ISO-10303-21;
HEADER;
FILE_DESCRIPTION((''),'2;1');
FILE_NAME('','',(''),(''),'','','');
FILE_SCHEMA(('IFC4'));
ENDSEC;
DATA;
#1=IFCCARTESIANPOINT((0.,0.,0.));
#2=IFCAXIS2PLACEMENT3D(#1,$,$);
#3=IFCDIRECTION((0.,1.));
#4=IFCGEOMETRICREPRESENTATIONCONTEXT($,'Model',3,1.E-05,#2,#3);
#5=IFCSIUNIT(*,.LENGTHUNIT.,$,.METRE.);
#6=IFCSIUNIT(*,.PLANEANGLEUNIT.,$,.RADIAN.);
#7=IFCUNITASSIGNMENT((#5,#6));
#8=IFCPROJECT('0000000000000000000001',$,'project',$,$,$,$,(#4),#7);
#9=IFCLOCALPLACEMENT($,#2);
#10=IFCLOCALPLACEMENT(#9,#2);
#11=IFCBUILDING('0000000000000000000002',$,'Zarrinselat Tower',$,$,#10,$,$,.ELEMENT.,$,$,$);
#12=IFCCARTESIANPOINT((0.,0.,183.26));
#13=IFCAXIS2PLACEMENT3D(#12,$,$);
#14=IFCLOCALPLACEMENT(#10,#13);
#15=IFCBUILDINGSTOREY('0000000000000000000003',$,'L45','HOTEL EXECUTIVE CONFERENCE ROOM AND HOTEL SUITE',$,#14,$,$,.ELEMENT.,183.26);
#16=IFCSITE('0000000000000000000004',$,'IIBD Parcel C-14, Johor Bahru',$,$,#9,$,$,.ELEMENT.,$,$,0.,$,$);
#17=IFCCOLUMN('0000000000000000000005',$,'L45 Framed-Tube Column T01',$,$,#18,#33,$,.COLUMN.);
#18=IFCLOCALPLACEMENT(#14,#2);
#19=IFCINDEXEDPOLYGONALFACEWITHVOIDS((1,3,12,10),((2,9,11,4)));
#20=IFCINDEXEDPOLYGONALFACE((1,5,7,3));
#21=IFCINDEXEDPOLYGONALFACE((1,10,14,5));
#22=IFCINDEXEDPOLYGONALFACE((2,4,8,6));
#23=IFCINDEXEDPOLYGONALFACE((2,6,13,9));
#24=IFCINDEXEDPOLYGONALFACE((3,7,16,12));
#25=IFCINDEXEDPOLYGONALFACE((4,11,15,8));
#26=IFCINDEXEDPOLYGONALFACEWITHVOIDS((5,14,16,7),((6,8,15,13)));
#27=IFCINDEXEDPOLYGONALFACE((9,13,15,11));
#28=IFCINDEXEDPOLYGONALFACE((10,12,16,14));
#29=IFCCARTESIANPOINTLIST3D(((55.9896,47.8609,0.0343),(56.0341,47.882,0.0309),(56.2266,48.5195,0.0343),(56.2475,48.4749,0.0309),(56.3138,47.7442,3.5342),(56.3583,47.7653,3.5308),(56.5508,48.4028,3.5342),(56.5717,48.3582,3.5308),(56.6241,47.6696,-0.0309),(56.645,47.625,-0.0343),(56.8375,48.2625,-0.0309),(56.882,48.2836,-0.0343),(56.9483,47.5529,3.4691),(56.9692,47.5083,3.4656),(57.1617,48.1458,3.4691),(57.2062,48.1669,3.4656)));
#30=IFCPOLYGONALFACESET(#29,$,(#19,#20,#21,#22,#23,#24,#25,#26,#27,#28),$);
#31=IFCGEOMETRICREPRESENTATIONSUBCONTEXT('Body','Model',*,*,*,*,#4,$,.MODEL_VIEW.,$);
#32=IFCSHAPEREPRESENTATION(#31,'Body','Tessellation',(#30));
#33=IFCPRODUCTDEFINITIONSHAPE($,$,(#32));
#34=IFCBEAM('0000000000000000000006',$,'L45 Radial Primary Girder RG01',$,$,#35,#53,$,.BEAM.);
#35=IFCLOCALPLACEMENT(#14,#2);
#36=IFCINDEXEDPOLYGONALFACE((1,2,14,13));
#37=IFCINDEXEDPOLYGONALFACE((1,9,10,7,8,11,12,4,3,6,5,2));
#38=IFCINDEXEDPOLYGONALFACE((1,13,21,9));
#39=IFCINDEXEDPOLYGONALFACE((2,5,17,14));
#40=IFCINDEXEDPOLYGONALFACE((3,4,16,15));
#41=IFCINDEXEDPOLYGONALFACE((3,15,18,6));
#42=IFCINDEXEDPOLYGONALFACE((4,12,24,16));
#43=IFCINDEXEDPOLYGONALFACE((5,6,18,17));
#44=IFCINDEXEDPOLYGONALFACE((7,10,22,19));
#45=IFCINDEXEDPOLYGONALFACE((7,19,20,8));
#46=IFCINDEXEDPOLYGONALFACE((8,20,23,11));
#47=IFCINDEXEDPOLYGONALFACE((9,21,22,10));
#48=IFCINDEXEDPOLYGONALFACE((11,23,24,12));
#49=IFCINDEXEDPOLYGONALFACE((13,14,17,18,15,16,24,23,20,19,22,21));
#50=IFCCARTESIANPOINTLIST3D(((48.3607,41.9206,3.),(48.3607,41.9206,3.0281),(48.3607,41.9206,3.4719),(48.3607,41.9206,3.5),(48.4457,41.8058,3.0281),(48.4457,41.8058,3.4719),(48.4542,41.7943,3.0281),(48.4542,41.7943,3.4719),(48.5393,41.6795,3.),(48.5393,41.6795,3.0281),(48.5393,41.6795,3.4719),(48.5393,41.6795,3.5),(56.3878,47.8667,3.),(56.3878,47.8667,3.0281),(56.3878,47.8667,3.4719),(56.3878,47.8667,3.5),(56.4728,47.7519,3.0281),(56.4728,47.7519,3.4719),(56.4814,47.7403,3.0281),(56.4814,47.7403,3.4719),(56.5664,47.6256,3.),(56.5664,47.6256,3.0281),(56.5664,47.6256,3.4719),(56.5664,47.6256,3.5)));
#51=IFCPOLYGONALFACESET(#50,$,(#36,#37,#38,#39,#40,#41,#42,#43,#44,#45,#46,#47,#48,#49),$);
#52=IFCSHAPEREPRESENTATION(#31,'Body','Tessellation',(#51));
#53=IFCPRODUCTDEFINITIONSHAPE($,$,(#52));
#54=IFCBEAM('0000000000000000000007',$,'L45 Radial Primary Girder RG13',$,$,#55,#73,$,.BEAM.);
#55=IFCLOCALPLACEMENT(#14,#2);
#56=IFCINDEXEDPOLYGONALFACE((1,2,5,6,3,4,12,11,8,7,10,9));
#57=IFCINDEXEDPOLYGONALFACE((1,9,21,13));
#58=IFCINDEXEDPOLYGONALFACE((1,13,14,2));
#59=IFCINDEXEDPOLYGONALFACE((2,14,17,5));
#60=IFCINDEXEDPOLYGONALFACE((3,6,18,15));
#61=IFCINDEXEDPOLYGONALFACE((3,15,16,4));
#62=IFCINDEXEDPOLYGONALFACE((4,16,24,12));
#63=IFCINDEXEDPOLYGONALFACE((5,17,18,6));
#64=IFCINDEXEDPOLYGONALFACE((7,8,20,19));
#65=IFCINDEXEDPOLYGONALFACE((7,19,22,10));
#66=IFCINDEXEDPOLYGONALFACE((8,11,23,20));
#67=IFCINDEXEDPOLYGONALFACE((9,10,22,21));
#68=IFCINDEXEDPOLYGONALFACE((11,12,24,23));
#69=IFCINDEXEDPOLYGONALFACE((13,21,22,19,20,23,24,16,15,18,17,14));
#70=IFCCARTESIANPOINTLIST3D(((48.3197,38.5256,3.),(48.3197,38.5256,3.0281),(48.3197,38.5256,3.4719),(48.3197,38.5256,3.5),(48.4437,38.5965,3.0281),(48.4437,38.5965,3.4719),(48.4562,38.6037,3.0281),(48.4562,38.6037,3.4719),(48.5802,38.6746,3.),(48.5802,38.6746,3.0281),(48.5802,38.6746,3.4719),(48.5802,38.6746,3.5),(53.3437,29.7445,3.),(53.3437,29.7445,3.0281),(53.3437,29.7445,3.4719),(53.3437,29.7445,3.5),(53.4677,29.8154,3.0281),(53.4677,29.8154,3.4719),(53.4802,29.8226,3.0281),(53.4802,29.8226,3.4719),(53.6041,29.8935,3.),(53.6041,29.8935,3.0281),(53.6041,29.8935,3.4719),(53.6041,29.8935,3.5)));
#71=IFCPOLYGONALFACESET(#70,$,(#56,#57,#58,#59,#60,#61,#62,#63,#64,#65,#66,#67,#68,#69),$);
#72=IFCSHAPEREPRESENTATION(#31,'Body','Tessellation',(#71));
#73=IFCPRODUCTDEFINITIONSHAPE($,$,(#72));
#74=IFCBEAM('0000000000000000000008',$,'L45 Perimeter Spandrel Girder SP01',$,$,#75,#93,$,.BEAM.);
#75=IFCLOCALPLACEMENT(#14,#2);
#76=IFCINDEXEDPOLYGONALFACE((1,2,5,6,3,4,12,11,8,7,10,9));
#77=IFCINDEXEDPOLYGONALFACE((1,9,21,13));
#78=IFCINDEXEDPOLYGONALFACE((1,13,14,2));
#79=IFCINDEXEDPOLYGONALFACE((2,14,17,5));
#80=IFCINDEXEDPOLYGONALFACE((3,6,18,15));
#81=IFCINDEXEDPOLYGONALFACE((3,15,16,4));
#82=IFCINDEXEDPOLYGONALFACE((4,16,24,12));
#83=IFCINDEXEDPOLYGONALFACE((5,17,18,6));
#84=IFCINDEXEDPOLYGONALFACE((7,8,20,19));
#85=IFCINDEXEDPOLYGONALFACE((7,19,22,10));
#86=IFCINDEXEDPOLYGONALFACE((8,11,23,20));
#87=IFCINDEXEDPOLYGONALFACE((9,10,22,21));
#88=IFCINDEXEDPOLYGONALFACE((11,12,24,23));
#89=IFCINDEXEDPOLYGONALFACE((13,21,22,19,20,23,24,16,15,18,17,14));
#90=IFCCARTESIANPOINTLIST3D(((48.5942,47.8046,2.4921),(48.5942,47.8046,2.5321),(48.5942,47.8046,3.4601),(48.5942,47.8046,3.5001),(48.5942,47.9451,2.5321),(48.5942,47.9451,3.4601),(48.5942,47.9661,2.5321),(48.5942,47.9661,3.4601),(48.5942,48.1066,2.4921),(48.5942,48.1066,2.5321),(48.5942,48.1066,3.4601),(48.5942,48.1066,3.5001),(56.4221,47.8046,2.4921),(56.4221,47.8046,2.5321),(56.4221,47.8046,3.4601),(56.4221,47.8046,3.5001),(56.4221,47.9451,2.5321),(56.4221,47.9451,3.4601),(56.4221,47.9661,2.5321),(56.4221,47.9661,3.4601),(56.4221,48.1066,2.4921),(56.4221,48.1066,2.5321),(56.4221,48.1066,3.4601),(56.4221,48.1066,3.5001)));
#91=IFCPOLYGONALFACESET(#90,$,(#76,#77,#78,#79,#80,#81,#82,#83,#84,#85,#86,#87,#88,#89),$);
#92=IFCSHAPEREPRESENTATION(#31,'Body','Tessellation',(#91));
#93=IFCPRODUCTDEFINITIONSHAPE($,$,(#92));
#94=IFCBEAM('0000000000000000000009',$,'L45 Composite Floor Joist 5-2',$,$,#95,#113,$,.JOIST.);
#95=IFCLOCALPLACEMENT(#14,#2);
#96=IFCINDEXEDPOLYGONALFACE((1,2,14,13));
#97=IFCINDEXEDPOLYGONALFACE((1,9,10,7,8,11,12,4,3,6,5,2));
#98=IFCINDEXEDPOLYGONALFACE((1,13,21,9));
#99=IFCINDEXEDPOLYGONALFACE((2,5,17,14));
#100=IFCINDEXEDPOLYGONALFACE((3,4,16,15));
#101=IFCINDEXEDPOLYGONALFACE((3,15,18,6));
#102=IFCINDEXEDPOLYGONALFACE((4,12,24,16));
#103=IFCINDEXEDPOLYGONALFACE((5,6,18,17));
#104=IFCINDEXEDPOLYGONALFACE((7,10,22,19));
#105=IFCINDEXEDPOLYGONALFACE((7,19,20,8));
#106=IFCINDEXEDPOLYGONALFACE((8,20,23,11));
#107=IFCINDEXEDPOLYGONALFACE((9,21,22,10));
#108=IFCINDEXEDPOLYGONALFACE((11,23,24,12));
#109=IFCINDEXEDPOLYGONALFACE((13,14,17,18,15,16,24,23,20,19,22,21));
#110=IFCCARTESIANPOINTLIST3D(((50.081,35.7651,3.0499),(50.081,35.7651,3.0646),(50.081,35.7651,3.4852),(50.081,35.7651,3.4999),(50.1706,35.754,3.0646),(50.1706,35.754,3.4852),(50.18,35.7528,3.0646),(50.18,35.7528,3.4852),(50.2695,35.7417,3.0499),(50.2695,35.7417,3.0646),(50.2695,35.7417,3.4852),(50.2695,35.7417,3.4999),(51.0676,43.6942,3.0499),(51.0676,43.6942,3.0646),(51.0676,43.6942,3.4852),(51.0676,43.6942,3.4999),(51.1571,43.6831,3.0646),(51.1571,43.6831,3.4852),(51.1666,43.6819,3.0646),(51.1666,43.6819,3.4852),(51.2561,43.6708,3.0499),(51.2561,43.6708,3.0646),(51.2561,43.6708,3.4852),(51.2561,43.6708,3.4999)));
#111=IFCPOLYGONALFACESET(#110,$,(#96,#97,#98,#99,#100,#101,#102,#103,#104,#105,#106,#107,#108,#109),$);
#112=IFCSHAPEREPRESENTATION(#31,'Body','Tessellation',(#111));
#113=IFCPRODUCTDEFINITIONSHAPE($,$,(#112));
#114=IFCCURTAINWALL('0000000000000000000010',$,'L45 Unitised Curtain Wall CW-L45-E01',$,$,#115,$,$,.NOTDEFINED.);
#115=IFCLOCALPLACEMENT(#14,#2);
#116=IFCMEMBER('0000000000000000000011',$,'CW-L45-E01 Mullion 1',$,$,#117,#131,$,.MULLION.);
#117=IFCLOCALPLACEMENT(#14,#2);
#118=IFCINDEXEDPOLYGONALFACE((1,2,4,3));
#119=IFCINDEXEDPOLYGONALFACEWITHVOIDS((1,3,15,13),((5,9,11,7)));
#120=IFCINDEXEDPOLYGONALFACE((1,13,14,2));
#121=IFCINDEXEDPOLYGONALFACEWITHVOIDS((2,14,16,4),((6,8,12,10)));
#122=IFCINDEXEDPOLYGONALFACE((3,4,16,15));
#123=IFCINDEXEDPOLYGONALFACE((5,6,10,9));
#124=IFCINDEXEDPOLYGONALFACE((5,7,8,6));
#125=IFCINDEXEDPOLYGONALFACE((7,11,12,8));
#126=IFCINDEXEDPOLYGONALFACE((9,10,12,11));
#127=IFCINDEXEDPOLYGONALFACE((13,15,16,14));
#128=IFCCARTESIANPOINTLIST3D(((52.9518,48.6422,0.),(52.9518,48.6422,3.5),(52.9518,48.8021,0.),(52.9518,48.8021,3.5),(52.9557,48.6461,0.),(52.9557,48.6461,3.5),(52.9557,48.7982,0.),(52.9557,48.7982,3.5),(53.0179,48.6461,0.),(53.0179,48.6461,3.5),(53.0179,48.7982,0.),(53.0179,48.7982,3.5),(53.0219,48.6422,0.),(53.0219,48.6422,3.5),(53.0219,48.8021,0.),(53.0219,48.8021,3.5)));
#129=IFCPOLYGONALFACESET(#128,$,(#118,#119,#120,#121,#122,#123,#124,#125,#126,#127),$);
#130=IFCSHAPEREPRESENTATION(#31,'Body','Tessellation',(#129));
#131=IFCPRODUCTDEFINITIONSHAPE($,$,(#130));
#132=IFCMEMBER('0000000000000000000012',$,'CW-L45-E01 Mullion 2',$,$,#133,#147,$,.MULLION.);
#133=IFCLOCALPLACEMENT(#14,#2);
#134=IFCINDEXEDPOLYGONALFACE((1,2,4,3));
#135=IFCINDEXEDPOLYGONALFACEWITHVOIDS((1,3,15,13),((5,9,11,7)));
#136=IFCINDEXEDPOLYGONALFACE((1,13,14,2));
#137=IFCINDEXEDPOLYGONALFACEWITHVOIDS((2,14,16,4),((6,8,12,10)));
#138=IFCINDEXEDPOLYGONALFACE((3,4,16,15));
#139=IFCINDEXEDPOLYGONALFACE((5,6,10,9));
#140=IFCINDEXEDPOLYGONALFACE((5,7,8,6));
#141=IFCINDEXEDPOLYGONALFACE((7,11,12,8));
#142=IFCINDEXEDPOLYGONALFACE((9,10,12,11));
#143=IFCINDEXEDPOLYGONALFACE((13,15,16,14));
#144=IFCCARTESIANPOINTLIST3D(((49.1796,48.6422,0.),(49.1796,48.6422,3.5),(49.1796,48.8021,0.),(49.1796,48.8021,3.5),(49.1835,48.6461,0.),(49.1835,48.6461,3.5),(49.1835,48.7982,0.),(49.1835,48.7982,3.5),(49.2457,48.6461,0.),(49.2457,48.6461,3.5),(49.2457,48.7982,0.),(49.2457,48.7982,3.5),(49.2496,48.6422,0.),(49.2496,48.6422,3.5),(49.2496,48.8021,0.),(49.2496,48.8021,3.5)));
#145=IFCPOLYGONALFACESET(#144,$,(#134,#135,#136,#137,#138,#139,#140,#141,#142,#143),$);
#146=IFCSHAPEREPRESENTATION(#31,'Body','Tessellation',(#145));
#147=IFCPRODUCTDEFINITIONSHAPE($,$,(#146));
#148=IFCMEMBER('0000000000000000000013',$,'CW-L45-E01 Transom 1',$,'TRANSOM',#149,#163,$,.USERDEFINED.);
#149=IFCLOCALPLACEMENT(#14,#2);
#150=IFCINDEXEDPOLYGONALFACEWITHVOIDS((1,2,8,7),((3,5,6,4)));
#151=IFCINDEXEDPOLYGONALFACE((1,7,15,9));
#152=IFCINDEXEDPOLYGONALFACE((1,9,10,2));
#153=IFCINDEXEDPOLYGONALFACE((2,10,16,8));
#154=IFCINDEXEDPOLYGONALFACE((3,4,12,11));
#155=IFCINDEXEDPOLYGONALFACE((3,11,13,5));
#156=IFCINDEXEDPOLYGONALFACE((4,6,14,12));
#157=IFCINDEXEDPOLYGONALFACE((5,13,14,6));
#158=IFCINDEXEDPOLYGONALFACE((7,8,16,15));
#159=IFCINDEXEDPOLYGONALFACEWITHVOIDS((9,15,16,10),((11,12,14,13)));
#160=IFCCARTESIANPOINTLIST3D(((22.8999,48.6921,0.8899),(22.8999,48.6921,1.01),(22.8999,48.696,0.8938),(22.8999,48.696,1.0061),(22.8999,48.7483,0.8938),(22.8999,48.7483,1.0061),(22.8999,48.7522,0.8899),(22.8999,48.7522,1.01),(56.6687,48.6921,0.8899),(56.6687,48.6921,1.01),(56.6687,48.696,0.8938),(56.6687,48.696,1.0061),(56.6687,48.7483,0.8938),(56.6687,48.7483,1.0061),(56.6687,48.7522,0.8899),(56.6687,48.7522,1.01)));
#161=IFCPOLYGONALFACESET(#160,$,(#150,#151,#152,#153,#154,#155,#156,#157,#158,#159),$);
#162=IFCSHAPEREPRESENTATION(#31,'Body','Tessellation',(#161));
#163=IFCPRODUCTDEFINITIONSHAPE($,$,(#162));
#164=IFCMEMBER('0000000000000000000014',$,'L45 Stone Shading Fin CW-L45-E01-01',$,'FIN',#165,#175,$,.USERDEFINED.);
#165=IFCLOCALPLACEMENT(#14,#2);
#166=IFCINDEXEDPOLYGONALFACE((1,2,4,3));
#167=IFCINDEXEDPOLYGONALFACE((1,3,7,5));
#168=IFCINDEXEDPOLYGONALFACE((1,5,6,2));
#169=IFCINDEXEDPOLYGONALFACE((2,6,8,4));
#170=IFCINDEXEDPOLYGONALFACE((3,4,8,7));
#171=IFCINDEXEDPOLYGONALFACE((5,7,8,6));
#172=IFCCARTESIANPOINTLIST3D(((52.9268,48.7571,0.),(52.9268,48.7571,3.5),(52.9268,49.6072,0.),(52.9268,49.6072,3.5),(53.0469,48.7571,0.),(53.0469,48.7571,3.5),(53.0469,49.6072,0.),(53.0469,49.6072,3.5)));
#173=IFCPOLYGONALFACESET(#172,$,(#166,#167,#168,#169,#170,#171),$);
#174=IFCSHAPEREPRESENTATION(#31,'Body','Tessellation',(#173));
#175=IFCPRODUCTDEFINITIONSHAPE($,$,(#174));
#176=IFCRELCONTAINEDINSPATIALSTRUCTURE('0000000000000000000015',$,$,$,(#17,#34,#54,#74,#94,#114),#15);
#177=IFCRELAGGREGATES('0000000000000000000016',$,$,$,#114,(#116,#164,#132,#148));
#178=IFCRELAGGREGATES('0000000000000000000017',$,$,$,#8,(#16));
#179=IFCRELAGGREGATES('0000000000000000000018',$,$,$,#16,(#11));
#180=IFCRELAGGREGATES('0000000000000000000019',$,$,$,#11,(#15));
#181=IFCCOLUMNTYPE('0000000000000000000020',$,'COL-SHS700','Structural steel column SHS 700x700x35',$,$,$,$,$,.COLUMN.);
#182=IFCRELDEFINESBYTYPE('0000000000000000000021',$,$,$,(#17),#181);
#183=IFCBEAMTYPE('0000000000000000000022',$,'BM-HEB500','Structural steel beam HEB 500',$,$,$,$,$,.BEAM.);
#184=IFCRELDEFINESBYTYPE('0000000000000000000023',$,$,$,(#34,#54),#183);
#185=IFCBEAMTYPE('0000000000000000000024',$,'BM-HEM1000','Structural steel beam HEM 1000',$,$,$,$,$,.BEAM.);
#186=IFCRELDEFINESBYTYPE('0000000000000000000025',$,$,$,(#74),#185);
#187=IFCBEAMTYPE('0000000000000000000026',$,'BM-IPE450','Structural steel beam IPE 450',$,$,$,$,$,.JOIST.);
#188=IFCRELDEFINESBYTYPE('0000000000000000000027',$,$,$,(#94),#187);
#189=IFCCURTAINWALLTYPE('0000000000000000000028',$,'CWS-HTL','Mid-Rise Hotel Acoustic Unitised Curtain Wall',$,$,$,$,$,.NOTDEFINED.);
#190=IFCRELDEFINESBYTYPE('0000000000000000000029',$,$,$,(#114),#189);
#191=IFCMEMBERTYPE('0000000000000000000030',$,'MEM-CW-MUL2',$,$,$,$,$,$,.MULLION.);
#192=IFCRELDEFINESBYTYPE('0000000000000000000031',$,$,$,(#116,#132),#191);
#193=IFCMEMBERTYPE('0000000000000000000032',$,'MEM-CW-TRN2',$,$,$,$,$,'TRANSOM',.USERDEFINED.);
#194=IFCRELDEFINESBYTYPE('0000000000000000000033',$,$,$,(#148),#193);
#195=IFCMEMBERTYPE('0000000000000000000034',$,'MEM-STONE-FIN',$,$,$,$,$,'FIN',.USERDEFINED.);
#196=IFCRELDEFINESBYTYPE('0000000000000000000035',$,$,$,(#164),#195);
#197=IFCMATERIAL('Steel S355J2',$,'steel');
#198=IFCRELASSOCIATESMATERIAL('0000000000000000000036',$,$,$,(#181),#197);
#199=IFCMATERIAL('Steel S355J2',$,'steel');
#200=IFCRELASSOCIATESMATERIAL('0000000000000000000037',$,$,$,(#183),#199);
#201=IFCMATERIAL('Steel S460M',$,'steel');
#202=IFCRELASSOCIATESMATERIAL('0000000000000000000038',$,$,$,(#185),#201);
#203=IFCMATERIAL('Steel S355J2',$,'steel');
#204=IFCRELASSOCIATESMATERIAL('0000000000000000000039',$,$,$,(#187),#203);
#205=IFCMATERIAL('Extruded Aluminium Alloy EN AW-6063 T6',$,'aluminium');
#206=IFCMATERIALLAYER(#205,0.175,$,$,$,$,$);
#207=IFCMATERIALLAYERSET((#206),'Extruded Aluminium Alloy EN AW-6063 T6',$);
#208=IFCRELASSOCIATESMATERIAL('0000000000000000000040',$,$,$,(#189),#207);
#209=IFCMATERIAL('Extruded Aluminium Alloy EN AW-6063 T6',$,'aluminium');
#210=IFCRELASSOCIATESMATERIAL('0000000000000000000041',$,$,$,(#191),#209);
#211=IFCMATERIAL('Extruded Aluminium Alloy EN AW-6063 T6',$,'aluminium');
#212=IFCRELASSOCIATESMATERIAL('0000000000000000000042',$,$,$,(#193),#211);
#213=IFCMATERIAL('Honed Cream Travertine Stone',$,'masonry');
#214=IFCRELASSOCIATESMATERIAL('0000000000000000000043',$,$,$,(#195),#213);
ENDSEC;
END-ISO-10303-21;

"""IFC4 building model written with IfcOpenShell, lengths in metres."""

from ifc_helpers import new_model, si_unit, direction, frame, origin, origin_2d, place, context, subcontext, project, spatial, rectangle, hollow_rectangle, i_section, extrude, material, layer, layer_set, material_profile, profile_set, type_object, element, aggregate, save


model = new_model("IFC4")

# Units and contexts
model_context = context("Model", 3, precision=1e-05, world=origin(), true_north=direction((0.0, 1.0)))
body_context = subcontext(model_context, "Body", "Model", "MODEL_VIEW")
ifc_project = project(units=[si_unit("LENGTHUNIT", "METRE"), si_unit("PLANEANGLEUNIT", "RADIAN")], contexts=[model_context])

# Site, building, storey
site_placement = place(None, origin())
site = spatial("IfcSite", under=ifc_project, at=site_placement, Name="IIBD Parcel C-14, Johor Bahru", CompositionType="ELEMENT", RefElevation=0.0)
building_placement = place(site_placement, origin())
building = spatial("IfcBuilding", under=site, at=building_placement, Name="Zarrinselat Tower", CompositionType="ELEMENT")
storey_placement = place(building_placement, frame((0.0, 0.0, 183.26)))
storey = spatial("IfcBuildingStorey", under=building, at=storey_placement, Name="L45", Description="HOTEL EXECUTIVE CONFERENCE ROOM AND HOTEL SUITE", CompositionType="ELEMENT", Elevation=183.26)

# Column
ifc_material_1 = material(Name="Steel S355J2", Category="steel")
ifc_material_profile_1 = material_profile(ifc_material_1, hollow_rectangle(XDim=0.7, YDim=0.7, WallThickness=0.0349, at=origin_2d()), Name="SHS 700x700x35")
ifc_profile_set_1 = profile_set([ifc_material_profile_1], Name="Steel S355J2")
column_type = type_object("IfcColumnType", Name="COL-SHS700", Description="Structural steel column SHS 700x700x35", PredefinedType="COLUMN", material=ifc_profile_set_1)
column_placement = place(storey_placement, frame((56.4358, 48.0723, 0.0), z_axis=(0.092188, -0.033182, 0.995189), x_axis=(0.338669, 0.940905, 0.0)))
element("IfcColumn", 1, at=column_placement, inside=storey, type_object=column_type, Name="L45 Framed-Tube Column T01", PredefinedType="COLUMN", context=body_context, shape_type="SweptSolid", body=[
    extrude(hollow_rectangle(XDim=0.7, YDim=0.7, WallThickness=0.0349, at=origin_2d()), origin(), (0.0, 0.0, 1.0), 3.5168),
])

# Beams
ifc_material_2 = material(Name="Steel S355J2", Category="steel")
ifc_material_profile_2 = material_profile(ifc_material_2, i_section(OverallWidth=0.3, OverallDepth=0.5, WebThickness=0.0144, FlangeThickness=0.0281, at=origin_2d()), Name="HEB 500")
ifc_profile_set_2 = profile_set([ifc_material_profile_2], Name="Steel S355J2")
beam_type_1 = type_object("IfcBeamType", Name="BM-HEB500", Description="Structural steel beam HEB 500", PredefinedType="BEAM", material=ifc_profile_set_2)
beam_1_placement = place(storey_placement, frame((48.45, 41.8, 3.25), z_axis=(0.803555, 0.59523, 0.0), x_axis=(-0.59523, 0.803555, 0.0)))
element("IfcBeam", 2, at=beam_1_placement, inside=storey, type_object=beam_type_1, Name="L45 Radial Primary Girder RG01", PredefinedType="BEAM", context=body_context, shape_type="SweptSolid", body=[
    extrude(i_section(OverallWidth=0.3, OverallDepth=0.5, WebThickness=0.0144, FlangeThickness=0.0281, at=origin_2d()), origin(), (0.0, 0.0, 1.0), 9.9895),
])
beam_2_placement = place(storey_placement, frame((48.45, 38.6001, 3.25), z_axis=(0.496601, -0.867979, 0.0), x_axis=(0.867979, 0.496601, 0.0)))
element("IfcBeam", 3, at=beam_2_placement, inside=storey, type_object=beam_type_1, Name="L45 Radial Primary Girder RG13", PredefinedType="BEAM", context=body_context, shape_type="SweptSolid", body=[
    extrude(i_section(OverallWidth=0.3, OverallDepth=0.5, WebThickness=0.0144, FlangeThickness=0.0281, at=origin_2d()), origin(), (0.0, 0.0, 1.0), 10.1167),
])
ifc_material_3 = material(Name="Steel S460M", Category="steel")
ifc_material_profile_3 = material_profile(ifc_material_3, i_section(OverallWidth=0.302, OverallDepth=1.0081, WebThickness=0.021, FlangeThickness=0.04, at=origin_2d()), Name="HEM 1000")
ifc_profile_set_3 = profile_set([ifc_material_profile_3], Name="Steel S460M")
beam_type_2 = type_object("IfcBeamType", Name="BM-HEM1000", Description="Structural steel beam HEM 1000", PredefinedType="BEAM", material=ifc_profile_set_3)
beam_3_placement = place(storey_placement, frame((48.5942, 47.9556, 2.9961), z_axis=(1.0, 0.0, 0.0), x_axis=(0.0, 1.0, 0.0)))
element("IfcBeam", 4, at=beam_3_placement, inside=storey, type_object=beam_type_2, Name="L45 Perimeter Spandrel Girder SP01", PredefinedType="BEAM", context=body_context, shape_type="SweptSolid", body=[
    extrude(i_section(OverallWidth=0.302, OverallDepth=1.0081, WebThickness=0.021, FlangeThickness=0.04, at=origin_2d()), origin(), (0.0, 0.0, 1.0), 7.8279),
])
ifc_material_4 = material(Name="Steel S355J2", Category="steel")
ifc_material_profile_4 = material_profile(ifc_material_4, i_section(OverallWidth=0.1899, OverallDepth=0.45, WebThickness=0.0095, FlangeThickness=0.0146, at=origin_2d()), Name="IPE 450")
ifc_profile_set_4 = profile_set([ifc_material_profile_4], Name="Steel S355J2")
beam_type_3 = type_object("IfcBeamType", Name="BM-IPE450", Description="Structural steel beam IPE 450", PredefinedType="JOIST", material=ifc_profile_set_4)
beam_4_placement = place(storey_placement, frame((50.1753, 35.7534, 3.2749), z_axis=(0.123471, 0.992348, 0.0), x_axis=(-0.992348, 0.123471, 0.0)))
element("IfcBeam", 5, at=beam_4_placement, inside=storey, type_object=beam_type_3, Name="L45 Composite Floor Joist 5-2", PredefinedType="JOIST", context=body_context, shape_type="SweptSolid", body=[
    extrude(i_section(OverallWidth=0.1899, OverallDepth=0.45, WebThickness=0.0095, FlangeThickness=0.0146, at=origin_2d()), origin(), (0.0, 0.0, 1.0), 7.9902),
])

# Curtain wall, members
ifc_material_5 = material(Name="Extruded Aluminium Alloy EN AW-6063 T6", Category="aluminium")
ifc_layer_1 = layer(ifc_material_5, 0.175)
ifc_layer_set_1 = layer_set([ifc_layer_1], Name="Extruded Aluminium Alloy EN AW-6063 T6")
curtain_wall_type = type_object("IfcCurtainWallType", Name="CWS-HTL", Description="Mid-Rise Hotel Acoustic Unitised Curtain Wall", PredefinedType="NOTDEFINED", material=ifc_layer_set_1)
curtain_wall_placement = place(storey_placement, origin())
curtain_wall = element("IfcCurtainWall", 6, at=curtain_wall_placement, inside=storey, type_object=curtain_wall_type, Name="L45 Unitised Curtain Wall CW-L45-E01", PredefinedType="NOTDEFINED")
ifc_material_6 = material(Name="Extruded Aluminium Alloy EN AW-6063 T6", Category="aluminium")
ifc_material_profile_5 = material_profile(ifc_material_6, hollow_rectangle(XDim=0.0701, YDim=0.1599, WallThickness=0.0039, at=origin_2d()), Name="RHS 160x70x4")
ifc_profile_set_5 = profile_set([ifc_material_profile_5], Name="Extruded Aluminium Alloy EN AW-6063 T6")
member_type_1 = type_object("IfcMemberType", Name="MEM-CW-MUL2", PredefinedType="MULLION", material=ifc_profile_set_5)
member_1_placement = place(storey_placement, frame((52.9868, 48.7222, 0.0), z_axis=(0.0, 0.0, 1.0), x_axis=(-1.0, 0.0, 0.0)))
member_1 = element("IfcMember", 7, at=member_1_placement, type_object=member_type_1, Name="CW-L45-E01 Mullion 1", PredefinedType="MULLION", context=body_context, shape_type="SweptSolid", body=[
    extrude(hollow_rectangle(XDim=0.0701, YDim=0.1599, WallThickness=0.0039, at=origin_2d()), origin(), (0.0, 0.0, 1.0), 3.5),
])
member_2_placement = place(storey_placement, frame((49.2146, 48.7222, 0.0), z_axis=(0.0, 0.0, 1.0), x_axis=(-1.0, 0.0, 0.0)))
member_2 = element("IfcMember", 8, at=member_2_placement, type_object=member_type_1, Name="CW-L45-E01 Mullion 2", PredefinedType="MULLION", context=body_context, shape_type="SweptSolid", body=[
    extrude(hollow_rectangle(XDim=0.0701, YDim=0.1599, WallThickness=0.0039, at=origin_2d()), origin(), (0.0, 0.0, 1.0), 3.5),
])
ifc_material_7 = material(Name="Extruded Aluminium Alloy EN AW-6063 T6", Category="aluminium")
ifc_material_profile_6 = material_profile(ifc_material_7, hollow_rectangle(XDim=0.0601, YDim=0.1201, WallThickness=0.0039, at=origin_2d()), Name="RHS 120x60x4")
ifc_profile_set_6 = profile_set([ifc_material_profile_6], Name="Extruded Aluminium Alloy EN AW-6063 T6")
member_type_2 = type_object("IfcMemberType", Name="MEM-CW-TRN2", ElementType="TRANSOM", PredefinedType="USERDEFINED", material=ifc_profile_set_6)
member_3_placement = place(storey_placement, frame((56.6687, 48.7222, 0.95), z_axis=(-1.0, 0.0, 0.0), x_axis=(0.0, -1.0, 0.0)))
member_3 = element("IfcMember", 9, at=member_3_placement, type_object=member_type_2, Name="CW-L45-E01 Transom 1", ObjectType="TRANSOM", PredefinedType="USERDEFINED", context=body_context, shape_type="SweptSolid", body=[
    extrude(hollow_rectangle(XDim=0.0601, YDim=0.1201, WallThickness=0.0039, at=origin_2d()), origin(), (0.0, 0.0, 1.0), 33.7688),
])
ifc_material_8 = material(Name="Honed Cream Travertine Stone", Category="masonry")
ifc_material_profile_7 = material_profile(ifc_material_8, rectangle(XDim=0.1201, YDim=0.8501, at=origin_2d()), Name="FIN 850x120")
ifc_profile_set_7 = profile_set([ifc_material_profile_7], Name="Honed Cream Travertine Stone")
member_type_3 = type_object("IfcMemberType", Name="MEM-STONE-FIN", ElementType="FIN", PredefinedType="USERDEFINED", material=ifc_profile_set_7)
member_4_placement = place(storey_placement, frame((52.9868, 49.1821, 0.0), z_axis=(0.0, 0.0, 1.0), x_axis=(1.0, 0.0, 0.0)))
member_4 = element("IfcMember", 10, at=member_4_placement, type_object=member_type_3, Name="L45 Stone Shading Fin CW-L45-E01-01", ObjectType="FIN", PredefinedType="USERDEFINED", context=body_context, shape_type="SweptSolid", body=[
    extrude(rectangle(XDim=0.1201, YDim=0.8501, at=origin_2d()), origin(), (0.0, 0.0, 1.0), 3.5),
])
aggregate(curtain_wall, [member_1, member_4, member_2, member_3])

save(model, "model.ifc")
